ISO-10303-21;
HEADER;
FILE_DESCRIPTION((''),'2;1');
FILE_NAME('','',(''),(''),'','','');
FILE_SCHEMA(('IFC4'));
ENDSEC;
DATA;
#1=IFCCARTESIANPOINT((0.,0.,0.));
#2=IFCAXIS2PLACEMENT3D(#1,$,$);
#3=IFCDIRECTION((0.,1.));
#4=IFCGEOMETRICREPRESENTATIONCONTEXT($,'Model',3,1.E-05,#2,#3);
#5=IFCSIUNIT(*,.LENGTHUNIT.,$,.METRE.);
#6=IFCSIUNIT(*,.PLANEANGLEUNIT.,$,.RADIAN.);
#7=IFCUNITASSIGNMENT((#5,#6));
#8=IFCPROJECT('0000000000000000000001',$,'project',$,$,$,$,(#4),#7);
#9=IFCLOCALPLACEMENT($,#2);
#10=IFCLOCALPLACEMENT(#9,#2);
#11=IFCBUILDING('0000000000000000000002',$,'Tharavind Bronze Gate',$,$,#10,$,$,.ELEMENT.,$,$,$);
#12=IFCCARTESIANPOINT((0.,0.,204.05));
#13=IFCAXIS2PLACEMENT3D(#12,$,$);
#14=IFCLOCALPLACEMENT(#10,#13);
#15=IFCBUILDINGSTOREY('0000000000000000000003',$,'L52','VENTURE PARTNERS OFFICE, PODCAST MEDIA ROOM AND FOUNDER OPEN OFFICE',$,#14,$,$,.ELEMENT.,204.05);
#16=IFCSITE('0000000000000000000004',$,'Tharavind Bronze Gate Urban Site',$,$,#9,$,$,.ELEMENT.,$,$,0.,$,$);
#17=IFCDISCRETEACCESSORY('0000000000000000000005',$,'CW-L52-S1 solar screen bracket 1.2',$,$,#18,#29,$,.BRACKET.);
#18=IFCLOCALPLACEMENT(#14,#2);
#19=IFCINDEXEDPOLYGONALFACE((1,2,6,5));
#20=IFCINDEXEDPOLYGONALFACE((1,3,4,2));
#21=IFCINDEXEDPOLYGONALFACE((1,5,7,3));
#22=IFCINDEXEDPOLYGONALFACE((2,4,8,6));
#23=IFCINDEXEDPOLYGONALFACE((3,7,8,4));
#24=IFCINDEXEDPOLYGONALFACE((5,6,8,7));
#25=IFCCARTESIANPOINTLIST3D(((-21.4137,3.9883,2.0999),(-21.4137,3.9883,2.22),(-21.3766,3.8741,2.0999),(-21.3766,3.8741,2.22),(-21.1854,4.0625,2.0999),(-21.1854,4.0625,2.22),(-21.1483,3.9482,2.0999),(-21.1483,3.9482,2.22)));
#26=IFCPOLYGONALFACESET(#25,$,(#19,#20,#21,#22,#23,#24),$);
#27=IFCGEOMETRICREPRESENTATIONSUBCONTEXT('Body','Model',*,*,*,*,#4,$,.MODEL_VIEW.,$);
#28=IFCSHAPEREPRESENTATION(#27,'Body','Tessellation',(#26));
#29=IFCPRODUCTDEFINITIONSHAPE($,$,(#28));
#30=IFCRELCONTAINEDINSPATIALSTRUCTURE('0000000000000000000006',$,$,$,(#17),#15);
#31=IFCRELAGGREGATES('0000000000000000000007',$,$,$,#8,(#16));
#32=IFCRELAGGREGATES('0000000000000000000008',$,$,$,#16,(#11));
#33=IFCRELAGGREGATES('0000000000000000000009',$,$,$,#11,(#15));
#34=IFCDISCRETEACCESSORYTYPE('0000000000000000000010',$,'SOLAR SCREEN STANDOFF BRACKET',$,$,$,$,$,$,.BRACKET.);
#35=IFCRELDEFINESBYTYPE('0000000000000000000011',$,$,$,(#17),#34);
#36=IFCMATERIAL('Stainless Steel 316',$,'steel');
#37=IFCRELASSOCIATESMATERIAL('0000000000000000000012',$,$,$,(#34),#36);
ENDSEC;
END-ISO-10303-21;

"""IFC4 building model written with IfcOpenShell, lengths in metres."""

from ifc_helpers import new_model, si_unit, direction, frame, origin, origin_2d, place, context, subcontext, project, spatial, rectangle, extrude, material, type_object, element, save


model = new_model("IFC4")

# Units and contexts
model_context = context("Model", 3, precision=1e-05, world=origin(), true_north=direction((0.0, 1.0)))
body_context = subcontext(model_context, "Body", "Model", "MODEL_VIEW")
ifc_project = project(units=[si_unit("LENGTHUNIT", "METRE"), si_unit("PLANEANGLEUNIT", "RADIAN")], contexts=[model_context])

# Site, building, storey
site_placement = place(None, origin())
site = spatial("IfcSite", under=ifc_project, at=site_placement, Name="Tharavind Bronze Gate Urban Site", CompositionType="ELEMENT", RefElevation=0.0)
building_placement = place(site_placement, origin())
building = spatial("IfcBuilding", under=site, at=building_placement, Name="Tharavind Bronze Gate", CompositionType="ELEMENT")
storey_placement = place(building_placement, frame((0.0, 0.0, 204.05)))
storey = spatial("IfcBuildingStorey", under=building, at=storey_placement, Name="L52", Description="VENTURE PARTNERS OFFICE, PODCAST MEDIA ROOM AND FOUNDER OPEN OFFICE", CompositionType="ELEMENT", Elevation=204.05)

# Discrete accessory
ifc_material_1 = material(Name="Stainless Steel 316", Category="steel")
discrete_accessory_type = type_object("IfcDiscreteAccessoryType", Name="SOLAR SCREEN STANDOFF BRACKET", PredefinedType="BRACKET", material=ifc_material_1)
discrete_accessory_placement = place(storey_placement, frame((-21.281, 3.9683, 2.0999), z_axis=(0.0, 0.0, 1.0), x_axis=(0.309017, -0.951057, 0.0)))
element("IfcDiscreteAccessory", 1, at=discrete_accessory_placement, inside=storey, type_object=discrete_accessory_type, Name="CW-L52-S1 solar screen bracket 1.2", PredefinedType="BRACKET", context=body_context, shape_type="SweptSolid", body=[
    extrude(rectangle(XDim=0.1201, YDim=0.24, at=origin_2d()), origin(), (0.0, 0.0, 1.0), 0.1201),
])

save(model, "model.ifc")
